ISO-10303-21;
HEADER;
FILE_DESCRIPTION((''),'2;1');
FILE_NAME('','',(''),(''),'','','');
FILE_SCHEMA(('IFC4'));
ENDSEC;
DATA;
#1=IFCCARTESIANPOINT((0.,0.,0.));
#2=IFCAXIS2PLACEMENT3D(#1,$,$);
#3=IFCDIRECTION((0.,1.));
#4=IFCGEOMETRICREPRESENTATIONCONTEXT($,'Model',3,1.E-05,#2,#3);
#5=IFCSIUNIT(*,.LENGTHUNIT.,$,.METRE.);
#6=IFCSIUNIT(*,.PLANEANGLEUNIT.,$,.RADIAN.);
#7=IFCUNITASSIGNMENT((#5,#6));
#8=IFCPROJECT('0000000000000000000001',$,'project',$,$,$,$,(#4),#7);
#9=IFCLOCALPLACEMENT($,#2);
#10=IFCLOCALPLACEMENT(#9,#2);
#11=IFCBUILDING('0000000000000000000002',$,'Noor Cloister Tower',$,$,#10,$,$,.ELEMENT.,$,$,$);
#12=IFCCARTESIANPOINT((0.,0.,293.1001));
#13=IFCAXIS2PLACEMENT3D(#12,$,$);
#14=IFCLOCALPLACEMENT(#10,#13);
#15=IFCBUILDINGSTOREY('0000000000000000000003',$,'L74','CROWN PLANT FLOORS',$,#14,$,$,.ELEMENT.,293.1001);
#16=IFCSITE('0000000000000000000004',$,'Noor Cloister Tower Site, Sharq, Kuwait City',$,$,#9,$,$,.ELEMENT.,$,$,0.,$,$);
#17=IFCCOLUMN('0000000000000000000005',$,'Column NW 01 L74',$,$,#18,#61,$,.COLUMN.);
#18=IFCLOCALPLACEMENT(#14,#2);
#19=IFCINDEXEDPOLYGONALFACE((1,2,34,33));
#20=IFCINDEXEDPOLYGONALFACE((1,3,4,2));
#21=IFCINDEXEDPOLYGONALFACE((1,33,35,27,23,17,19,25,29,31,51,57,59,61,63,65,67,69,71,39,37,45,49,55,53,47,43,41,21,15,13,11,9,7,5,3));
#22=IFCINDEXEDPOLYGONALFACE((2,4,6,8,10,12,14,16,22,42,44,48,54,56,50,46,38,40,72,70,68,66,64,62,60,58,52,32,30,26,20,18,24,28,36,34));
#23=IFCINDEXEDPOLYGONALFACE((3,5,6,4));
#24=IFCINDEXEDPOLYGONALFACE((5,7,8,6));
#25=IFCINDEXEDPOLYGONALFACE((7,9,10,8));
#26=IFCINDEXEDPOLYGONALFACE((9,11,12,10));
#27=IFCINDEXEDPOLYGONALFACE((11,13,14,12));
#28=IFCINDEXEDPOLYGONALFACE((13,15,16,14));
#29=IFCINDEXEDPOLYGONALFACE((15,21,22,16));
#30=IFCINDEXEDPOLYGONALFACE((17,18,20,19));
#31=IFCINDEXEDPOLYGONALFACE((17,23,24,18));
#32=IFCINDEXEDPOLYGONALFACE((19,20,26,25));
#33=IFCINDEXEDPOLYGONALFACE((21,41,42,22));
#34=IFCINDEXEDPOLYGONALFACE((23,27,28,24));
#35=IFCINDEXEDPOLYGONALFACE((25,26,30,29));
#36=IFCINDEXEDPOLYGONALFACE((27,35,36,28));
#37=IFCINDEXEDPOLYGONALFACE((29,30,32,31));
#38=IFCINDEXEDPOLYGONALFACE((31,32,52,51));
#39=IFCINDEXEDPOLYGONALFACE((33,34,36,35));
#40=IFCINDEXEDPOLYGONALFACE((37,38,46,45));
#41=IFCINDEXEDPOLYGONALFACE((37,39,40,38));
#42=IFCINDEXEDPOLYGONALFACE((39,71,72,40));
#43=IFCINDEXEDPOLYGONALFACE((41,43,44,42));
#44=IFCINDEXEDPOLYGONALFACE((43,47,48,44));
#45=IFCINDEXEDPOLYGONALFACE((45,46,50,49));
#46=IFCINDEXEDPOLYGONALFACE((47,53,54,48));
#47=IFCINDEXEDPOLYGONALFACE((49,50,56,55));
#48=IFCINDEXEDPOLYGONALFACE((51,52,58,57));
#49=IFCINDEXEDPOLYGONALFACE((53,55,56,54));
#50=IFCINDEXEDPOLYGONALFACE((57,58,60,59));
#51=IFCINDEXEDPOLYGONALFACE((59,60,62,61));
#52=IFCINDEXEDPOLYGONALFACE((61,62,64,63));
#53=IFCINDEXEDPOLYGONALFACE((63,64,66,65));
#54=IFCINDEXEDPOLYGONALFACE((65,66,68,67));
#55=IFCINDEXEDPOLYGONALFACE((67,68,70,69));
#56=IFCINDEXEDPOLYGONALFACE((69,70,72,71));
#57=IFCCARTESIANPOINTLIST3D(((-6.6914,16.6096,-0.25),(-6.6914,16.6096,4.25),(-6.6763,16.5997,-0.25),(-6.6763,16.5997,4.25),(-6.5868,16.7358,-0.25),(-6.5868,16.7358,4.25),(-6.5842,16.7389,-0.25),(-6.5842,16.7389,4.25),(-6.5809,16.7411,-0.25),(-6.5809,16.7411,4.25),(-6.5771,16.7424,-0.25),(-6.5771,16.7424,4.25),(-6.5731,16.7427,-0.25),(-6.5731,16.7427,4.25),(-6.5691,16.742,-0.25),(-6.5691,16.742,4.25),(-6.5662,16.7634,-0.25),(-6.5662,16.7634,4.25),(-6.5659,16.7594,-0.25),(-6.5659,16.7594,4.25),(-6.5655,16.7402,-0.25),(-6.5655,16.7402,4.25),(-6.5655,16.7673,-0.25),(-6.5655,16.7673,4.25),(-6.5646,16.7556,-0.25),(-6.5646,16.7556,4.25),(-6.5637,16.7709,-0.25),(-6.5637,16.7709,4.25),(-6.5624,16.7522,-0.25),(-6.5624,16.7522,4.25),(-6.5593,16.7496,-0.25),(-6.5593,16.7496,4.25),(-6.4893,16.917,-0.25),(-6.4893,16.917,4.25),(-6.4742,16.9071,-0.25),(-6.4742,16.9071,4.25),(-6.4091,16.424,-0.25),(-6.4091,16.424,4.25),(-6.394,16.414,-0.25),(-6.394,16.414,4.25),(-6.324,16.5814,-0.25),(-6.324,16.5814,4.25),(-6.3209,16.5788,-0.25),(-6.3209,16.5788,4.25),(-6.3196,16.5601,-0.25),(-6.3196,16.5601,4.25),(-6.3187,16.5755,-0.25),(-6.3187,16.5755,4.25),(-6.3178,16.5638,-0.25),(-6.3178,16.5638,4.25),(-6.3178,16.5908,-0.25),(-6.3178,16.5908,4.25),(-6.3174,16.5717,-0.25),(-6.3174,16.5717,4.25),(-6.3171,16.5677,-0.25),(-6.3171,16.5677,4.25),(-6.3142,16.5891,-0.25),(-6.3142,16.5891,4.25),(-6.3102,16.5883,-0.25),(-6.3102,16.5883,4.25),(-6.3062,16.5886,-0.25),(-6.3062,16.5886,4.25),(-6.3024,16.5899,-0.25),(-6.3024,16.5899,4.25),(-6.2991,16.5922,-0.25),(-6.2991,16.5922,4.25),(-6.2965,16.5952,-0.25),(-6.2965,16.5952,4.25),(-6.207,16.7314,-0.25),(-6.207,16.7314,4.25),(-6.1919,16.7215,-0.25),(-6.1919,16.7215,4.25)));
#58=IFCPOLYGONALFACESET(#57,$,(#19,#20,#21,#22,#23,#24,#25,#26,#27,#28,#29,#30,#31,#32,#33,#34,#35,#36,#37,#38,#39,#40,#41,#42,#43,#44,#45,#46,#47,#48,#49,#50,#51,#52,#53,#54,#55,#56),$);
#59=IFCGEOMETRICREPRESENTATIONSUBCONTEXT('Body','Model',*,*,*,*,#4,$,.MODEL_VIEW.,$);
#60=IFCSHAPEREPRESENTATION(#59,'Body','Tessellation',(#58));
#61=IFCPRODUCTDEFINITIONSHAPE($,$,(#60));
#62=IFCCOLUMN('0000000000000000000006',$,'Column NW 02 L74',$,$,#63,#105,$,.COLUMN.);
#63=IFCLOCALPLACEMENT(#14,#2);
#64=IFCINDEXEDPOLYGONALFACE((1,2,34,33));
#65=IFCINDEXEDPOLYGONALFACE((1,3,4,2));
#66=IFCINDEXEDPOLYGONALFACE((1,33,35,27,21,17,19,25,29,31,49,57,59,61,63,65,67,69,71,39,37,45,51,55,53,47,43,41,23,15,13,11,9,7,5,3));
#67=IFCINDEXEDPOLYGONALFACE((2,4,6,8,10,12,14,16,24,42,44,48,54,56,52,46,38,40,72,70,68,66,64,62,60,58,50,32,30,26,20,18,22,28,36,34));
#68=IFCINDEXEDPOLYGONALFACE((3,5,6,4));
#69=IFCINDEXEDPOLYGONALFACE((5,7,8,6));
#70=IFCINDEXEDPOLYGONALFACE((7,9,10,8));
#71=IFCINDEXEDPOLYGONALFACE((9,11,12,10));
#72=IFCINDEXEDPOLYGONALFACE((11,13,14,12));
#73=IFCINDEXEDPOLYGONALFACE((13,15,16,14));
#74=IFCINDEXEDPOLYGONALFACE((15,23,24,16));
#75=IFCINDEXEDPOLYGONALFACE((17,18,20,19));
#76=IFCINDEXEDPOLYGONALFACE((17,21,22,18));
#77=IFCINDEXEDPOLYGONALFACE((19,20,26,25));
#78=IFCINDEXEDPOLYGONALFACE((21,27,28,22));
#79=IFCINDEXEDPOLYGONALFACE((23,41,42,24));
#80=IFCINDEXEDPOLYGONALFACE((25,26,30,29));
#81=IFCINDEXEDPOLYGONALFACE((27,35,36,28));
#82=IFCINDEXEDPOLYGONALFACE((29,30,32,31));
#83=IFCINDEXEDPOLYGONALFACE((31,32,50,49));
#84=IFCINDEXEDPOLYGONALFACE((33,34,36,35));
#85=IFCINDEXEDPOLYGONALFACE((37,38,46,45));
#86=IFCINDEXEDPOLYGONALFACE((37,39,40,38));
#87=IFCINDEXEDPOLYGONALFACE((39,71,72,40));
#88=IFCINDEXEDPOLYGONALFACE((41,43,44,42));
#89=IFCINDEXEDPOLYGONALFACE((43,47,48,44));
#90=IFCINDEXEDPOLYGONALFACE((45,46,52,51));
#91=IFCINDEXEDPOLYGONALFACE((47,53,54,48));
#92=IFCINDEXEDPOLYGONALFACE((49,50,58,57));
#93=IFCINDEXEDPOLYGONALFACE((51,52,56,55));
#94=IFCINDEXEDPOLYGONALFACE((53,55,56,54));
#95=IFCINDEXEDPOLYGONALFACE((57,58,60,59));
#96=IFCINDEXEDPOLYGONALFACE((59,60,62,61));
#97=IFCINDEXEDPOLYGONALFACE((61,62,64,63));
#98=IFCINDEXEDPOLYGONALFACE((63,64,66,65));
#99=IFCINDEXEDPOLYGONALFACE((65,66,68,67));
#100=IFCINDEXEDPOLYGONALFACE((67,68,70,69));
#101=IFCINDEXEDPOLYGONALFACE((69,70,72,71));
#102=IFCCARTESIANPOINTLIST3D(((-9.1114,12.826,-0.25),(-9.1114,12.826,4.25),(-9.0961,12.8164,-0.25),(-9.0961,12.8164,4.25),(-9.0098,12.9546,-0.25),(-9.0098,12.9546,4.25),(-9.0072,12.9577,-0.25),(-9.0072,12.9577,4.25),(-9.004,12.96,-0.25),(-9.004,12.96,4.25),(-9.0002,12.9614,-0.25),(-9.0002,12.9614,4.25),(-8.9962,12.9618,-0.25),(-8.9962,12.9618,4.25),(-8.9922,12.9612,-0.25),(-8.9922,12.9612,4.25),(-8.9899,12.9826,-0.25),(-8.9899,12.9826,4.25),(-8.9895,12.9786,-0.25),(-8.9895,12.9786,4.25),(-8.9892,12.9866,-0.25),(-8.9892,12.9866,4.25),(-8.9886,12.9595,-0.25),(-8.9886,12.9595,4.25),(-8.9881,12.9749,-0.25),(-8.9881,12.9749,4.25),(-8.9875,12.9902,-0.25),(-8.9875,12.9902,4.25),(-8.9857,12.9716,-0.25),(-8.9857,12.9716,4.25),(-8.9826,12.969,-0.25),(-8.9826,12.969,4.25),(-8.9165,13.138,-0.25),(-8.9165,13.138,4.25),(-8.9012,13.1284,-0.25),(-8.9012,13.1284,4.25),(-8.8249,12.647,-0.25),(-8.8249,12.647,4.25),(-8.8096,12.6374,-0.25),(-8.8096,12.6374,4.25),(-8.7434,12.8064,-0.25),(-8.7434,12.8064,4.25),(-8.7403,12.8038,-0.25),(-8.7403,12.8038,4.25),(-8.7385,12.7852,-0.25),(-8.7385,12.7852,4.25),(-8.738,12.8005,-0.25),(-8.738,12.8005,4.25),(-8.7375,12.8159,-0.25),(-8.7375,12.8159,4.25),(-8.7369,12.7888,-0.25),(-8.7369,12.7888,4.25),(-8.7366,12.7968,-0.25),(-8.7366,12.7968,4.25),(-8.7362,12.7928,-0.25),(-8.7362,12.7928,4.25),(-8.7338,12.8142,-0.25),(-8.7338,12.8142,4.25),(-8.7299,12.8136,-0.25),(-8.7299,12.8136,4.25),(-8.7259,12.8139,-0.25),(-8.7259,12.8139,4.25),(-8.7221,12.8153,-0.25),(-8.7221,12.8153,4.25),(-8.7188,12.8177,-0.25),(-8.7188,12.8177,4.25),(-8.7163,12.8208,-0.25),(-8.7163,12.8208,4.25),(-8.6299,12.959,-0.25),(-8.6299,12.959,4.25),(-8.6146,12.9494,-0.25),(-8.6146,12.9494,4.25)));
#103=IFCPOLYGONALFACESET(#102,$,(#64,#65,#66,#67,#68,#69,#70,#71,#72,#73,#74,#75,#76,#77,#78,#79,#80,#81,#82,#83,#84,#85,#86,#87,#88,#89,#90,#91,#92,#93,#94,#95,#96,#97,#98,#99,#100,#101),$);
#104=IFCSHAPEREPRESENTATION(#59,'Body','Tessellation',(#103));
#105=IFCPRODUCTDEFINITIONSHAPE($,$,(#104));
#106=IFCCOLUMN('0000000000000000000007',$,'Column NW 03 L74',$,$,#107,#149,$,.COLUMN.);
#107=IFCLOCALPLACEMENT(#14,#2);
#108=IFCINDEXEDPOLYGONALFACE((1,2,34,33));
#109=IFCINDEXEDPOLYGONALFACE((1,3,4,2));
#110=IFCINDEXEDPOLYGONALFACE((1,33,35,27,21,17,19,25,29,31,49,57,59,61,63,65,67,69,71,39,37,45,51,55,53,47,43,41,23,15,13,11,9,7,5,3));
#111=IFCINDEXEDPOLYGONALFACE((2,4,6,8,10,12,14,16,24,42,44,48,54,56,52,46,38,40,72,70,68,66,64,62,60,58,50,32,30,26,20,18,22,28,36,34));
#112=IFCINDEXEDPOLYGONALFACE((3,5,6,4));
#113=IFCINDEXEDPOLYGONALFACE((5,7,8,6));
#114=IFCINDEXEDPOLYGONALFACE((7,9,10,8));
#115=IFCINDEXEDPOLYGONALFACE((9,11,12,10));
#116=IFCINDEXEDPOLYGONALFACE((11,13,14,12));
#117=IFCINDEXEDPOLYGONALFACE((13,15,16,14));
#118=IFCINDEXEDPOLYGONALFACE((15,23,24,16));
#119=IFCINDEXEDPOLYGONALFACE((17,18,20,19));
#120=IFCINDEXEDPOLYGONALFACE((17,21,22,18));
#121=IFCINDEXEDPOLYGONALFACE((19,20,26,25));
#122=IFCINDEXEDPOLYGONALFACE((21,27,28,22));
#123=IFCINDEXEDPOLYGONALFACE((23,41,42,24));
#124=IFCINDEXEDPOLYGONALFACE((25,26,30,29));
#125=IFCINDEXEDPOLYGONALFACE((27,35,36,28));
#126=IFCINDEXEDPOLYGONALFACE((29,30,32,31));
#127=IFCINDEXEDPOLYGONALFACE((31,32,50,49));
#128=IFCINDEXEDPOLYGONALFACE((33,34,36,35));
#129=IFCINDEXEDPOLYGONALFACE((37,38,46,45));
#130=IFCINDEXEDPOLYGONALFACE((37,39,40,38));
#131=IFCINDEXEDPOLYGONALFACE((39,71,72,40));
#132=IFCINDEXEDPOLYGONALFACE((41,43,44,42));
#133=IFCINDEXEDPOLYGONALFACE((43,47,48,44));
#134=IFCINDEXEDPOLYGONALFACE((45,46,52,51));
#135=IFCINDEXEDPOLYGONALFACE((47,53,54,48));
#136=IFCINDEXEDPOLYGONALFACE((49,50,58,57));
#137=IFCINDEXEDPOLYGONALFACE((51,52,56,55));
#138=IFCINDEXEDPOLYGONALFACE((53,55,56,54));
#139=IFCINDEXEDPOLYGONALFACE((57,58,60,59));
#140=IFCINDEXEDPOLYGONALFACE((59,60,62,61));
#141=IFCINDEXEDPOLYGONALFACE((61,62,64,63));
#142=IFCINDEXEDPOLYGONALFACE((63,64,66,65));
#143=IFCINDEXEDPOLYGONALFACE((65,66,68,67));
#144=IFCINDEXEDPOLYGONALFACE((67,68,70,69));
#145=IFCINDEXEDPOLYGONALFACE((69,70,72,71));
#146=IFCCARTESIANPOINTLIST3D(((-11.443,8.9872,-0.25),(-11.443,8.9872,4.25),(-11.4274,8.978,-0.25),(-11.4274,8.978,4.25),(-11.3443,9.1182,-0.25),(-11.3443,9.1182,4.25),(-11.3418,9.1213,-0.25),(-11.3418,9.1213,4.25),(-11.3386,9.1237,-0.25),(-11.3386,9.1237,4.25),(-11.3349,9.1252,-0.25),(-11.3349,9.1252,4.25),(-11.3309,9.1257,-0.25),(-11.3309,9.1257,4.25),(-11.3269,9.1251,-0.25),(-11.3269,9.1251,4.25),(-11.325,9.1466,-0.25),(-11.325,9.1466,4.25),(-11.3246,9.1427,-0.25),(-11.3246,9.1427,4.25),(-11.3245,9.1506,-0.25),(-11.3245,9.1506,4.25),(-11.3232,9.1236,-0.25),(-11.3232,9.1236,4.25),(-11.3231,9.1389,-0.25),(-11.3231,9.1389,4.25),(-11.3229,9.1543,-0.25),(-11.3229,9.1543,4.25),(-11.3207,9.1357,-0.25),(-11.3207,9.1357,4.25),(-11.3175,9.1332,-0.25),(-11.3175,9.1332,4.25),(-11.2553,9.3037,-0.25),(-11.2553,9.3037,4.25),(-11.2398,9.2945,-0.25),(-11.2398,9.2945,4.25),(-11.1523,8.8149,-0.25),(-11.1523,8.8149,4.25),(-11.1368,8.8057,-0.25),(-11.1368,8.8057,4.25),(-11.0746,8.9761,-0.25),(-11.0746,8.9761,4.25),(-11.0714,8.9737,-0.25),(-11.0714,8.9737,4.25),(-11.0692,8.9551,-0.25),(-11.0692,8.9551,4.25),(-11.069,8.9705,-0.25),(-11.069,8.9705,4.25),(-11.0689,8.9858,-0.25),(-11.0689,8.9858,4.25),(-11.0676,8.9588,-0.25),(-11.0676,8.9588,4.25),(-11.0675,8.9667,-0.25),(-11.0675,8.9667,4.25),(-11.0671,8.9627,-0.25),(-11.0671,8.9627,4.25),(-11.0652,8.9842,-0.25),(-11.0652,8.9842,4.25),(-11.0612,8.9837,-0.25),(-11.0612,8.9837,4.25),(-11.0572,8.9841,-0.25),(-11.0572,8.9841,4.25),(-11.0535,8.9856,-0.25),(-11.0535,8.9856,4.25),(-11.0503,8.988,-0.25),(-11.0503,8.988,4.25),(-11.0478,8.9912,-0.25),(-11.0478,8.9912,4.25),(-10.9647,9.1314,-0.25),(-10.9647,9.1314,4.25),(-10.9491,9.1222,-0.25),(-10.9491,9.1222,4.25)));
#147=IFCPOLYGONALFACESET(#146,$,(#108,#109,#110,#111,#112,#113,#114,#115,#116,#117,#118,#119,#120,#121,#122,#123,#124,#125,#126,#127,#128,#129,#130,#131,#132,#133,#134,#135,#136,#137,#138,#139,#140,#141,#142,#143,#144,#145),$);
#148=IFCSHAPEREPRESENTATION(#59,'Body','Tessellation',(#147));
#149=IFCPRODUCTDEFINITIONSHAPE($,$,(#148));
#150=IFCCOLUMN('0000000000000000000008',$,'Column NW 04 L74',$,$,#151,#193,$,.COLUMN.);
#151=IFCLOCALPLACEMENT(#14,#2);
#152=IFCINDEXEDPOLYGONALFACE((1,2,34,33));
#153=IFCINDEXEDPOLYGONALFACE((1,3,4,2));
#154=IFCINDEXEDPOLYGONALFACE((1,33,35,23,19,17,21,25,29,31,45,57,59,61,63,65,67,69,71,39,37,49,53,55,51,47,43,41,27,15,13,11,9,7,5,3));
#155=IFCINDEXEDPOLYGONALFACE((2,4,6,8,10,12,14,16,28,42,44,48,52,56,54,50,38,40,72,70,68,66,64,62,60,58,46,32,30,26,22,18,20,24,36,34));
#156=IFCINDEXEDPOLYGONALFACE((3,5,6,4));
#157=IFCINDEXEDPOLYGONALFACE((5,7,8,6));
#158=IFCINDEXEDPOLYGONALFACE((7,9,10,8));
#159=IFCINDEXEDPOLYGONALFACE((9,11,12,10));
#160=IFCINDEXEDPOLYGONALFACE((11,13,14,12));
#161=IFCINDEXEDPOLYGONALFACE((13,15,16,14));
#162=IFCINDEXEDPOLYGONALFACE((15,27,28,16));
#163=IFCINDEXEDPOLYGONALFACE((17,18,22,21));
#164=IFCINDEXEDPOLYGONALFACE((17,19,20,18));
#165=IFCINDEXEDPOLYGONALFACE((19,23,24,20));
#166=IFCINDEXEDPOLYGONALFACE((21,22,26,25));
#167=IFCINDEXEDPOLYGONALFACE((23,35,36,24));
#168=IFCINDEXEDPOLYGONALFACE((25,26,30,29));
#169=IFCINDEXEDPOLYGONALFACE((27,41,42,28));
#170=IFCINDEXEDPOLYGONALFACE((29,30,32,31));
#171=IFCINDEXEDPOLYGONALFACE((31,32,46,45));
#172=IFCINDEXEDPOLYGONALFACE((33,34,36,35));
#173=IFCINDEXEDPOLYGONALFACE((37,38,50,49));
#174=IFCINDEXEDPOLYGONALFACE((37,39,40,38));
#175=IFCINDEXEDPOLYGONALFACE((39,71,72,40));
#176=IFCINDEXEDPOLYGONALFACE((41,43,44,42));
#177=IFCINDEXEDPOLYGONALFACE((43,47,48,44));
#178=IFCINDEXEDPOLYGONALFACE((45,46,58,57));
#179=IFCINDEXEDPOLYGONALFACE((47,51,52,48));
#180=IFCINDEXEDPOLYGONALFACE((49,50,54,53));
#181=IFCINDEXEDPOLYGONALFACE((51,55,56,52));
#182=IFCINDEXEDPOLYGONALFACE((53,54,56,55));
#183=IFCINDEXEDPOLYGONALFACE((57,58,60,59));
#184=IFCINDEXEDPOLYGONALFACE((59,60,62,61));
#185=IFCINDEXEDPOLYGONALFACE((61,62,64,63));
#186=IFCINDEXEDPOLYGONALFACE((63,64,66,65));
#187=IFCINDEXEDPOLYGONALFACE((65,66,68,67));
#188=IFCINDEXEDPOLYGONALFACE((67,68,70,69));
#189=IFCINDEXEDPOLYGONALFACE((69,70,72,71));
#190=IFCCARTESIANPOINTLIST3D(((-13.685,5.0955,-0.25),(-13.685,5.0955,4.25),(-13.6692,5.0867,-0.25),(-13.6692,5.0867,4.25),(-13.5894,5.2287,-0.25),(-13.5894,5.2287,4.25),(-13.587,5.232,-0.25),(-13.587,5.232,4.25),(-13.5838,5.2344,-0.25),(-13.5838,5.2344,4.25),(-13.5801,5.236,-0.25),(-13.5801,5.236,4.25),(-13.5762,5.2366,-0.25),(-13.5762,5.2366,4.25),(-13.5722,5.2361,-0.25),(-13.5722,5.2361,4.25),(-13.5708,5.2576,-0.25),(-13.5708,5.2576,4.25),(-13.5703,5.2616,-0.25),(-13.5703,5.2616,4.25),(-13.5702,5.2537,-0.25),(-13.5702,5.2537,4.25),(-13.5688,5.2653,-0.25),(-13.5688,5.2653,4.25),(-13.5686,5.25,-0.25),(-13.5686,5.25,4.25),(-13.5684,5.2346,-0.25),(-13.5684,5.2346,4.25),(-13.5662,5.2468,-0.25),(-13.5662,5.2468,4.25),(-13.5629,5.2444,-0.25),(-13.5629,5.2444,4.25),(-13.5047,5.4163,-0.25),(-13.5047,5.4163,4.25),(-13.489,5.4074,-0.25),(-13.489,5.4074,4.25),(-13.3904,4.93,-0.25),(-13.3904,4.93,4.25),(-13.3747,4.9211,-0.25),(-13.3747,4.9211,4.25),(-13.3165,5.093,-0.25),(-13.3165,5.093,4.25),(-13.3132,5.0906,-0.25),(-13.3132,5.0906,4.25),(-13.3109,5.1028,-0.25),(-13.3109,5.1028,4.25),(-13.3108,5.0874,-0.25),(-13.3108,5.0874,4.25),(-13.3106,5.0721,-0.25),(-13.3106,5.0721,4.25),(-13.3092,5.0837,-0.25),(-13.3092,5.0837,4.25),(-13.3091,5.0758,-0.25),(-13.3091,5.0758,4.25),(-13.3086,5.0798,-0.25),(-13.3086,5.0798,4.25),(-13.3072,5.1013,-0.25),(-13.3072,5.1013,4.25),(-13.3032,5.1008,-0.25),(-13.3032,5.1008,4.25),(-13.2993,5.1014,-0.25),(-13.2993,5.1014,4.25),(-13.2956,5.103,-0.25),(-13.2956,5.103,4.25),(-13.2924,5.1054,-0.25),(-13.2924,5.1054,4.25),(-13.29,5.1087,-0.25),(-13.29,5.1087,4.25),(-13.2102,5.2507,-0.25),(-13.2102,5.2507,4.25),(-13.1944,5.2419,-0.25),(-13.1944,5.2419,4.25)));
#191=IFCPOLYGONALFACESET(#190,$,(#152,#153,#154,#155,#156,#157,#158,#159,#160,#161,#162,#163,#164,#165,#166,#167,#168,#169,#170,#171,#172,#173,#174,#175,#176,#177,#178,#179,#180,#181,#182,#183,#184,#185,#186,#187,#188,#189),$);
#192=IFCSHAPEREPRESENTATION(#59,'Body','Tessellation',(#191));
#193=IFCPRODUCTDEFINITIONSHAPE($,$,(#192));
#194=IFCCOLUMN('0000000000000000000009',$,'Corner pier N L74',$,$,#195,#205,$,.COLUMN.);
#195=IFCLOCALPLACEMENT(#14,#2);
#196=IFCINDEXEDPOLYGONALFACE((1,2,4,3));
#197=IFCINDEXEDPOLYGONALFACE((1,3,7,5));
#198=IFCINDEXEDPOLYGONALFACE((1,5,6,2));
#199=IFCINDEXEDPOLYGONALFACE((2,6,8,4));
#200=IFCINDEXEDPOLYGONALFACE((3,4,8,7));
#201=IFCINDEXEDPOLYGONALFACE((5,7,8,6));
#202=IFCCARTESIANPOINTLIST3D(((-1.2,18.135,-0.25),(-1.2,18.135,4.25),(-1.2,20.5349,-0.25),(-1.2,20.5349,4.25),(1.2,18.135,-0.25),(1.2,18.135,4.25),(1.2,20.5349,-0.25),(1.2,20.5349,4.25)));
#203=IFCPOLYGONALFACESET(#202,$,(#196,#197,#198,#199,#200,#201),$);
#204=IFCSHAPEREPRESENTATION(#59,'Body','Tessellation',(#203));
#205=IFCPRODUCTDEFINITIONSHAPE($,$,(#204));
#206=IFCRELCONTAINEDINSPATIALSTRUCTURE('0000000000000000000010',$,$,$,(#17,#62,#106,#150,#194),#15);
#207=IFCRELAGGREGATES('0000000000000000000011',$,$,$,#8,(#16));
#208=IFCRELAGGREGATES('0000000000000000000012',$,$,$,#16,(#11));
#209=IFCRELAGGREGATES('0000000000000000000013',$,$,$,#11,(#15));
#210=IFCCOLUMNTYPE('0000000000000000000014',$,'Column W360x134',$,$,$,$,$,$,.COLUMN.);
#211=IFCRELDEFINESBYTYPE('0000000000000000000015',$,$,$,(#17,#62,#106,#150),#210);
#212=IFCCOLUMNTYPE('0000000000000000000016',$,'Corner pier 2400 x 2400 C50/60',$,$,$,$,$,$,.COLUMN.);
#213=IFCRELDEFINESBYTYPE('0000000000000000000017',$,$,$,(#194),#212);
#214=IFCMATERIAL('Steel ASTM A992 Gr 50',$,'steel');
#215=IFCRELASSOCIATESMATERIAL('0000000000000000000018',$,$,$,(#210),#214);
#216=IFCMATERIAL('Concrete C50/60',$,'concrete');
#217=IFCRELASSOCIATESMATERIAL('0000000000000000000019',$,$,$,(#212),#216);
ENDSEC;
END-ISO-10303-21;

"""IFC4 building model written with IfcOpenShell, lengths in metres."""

from ifc_helpers import new_model, si_unit, direction, frame, origin, origin_2d, place, context, subcontext, project, spatial, rectangle, i_section, extrude, material, material_profile, profile_set, type_object, element, save


model = new_model("IFC4")

# Units and contexts
model_context = context("Model", 3, precision=1e-05, world=origin(), true_north=direction((0.0, 1.0)))
body_context = subcontext(model_context, "Body", "Model", "MODEL_VIEW")
ifc_project = project(units=[si_unit("LENGTHUNIT", "METRE"), si_unit("PLANEANGLEUNIT", "RADIAN")], contexts=[model_context])

# Site, building, storey
site_placement = place(None, origin())
site = spatial("IfcSite", under=ifc_project, at=site_placement, Name="Noor Cloister Tower Site, Sharq, Kuwait City", CompositionType="ELEMENT", RefElevation=0.0)
building_placement = place(site_placement, origin())
building = spatial("IfcBuilding", under=site, at=building_placement, Name="Noor Cloister Tower", CompositionType="ELEMENT")
storey_placement = place(building_placement, frame((0.0, 0.0, 293.1001)))
storey = spatial("IfcBuildingStorey", under=building, at=storey_placement, Name="L74", Description="CROWN PLANT FLOORS", CompositionType="ELEMENT", Elevation=293.1001)

# Columns
ifc_material_1 = material(Name="Steel ASTM A992 Gr 50", Category="steel")
ifc_material_profile_1 = material_profile(ifc_material_1, i_section(OverallWidth=0.3679, OverallDepth=0.356, WebThickness=0.0112, FlangeThickness=0.0181, FilletRadius=0.0154, at=origin_2d()), Name="W360x134")
ifc_profile_set_1 = profile_set([ifc_material_profile_1], Name="Steel ASTM A992 Gr 50")
column_type_1 = type_object("IfcColumnType", Name="Column W360x134", PredefinedType="COLUMN", material=ifc_profile_set_1)
for number, where, z_axis, x_axis, name in (
    (1, (-6.4417, 16.6655, -0.25), (0.0, 0.0, 1.0), (-0.549345, -0.835596, 0.0), "Column NW 01 L74"),
    (2, (-8.863, 12.8877, -0.25), (0.0, 0.0, 1.0), (-0.529819, -0.848111, 0.0), "Column NW 02 L74"),
    (3, (-11.196, 9.0547, -0.25), (0.0, 0.0, 1.0), (-0.510009, -0.860169, 0.0), "Column NW 03 L74"),
    (4, (-13.4397, 5.1687, -0.25), (0.0, 0.0, 1.0), (-0.489924, -0.871765, 0.0), "Column NW 04 L74"),
):
    element("IfcColumn", number, at=place(storey_placement, frame(where, z_axis=z_axis, x_axis=x_axis)), inside=storey, type_object=column_type_1, Name=name, PredefinedType="COLUMN", context=body_context, shape_type="SweptSolid", body=[
        extrude(i_section(OverallWidth=0.3679, OverallDepth=0.356, WebThickness=0.0112, FlangeThickness=0.0181, FilletRadius=0.0154, at=origin_2d()), origin(), (0.0, 0.0, 1.0), 4.5),
    ])
ifc_material_2 = material(Name="Concrete C50/60", Category="concrete")
ifc_material_profile_2 = material_profile(ifc_material_2, rectangle(XDim=2.3999, YDim=2.3999, at=origin_2d()), Name="RC 2400x2400")
ifc_profile_set_2 = profile_set([ifc_material_profile_2], Name="Concrete C50/60")
column_type_2 = type_object("IfcColumnType", Name="Corner pier 2400 x 2400 C50/60", PredefinedType="COLUMN", material=ifc_profile_set_2)
column_placement = place(storey_placement, frame((0.0, 19.335, -0.25), z_axis=(0.0, 0.0, 1.0), x_axis=(0.0, 1.0, 0.0)))
element("IfcColumn", 5, at=column_placement, inside=storey, type_object=column_type_2, Name="Corner pier N L74", PredefinedType="COLUMN", context=body_context, shape_type="SweptSolid", body=[
    extrude(rectangle(XDim=2.3999, YDim=2.3999, at=origin_2d()), origin(), (0.0, 0.0, 1.0), 4.5),
])

save(model, "model.ifc")
